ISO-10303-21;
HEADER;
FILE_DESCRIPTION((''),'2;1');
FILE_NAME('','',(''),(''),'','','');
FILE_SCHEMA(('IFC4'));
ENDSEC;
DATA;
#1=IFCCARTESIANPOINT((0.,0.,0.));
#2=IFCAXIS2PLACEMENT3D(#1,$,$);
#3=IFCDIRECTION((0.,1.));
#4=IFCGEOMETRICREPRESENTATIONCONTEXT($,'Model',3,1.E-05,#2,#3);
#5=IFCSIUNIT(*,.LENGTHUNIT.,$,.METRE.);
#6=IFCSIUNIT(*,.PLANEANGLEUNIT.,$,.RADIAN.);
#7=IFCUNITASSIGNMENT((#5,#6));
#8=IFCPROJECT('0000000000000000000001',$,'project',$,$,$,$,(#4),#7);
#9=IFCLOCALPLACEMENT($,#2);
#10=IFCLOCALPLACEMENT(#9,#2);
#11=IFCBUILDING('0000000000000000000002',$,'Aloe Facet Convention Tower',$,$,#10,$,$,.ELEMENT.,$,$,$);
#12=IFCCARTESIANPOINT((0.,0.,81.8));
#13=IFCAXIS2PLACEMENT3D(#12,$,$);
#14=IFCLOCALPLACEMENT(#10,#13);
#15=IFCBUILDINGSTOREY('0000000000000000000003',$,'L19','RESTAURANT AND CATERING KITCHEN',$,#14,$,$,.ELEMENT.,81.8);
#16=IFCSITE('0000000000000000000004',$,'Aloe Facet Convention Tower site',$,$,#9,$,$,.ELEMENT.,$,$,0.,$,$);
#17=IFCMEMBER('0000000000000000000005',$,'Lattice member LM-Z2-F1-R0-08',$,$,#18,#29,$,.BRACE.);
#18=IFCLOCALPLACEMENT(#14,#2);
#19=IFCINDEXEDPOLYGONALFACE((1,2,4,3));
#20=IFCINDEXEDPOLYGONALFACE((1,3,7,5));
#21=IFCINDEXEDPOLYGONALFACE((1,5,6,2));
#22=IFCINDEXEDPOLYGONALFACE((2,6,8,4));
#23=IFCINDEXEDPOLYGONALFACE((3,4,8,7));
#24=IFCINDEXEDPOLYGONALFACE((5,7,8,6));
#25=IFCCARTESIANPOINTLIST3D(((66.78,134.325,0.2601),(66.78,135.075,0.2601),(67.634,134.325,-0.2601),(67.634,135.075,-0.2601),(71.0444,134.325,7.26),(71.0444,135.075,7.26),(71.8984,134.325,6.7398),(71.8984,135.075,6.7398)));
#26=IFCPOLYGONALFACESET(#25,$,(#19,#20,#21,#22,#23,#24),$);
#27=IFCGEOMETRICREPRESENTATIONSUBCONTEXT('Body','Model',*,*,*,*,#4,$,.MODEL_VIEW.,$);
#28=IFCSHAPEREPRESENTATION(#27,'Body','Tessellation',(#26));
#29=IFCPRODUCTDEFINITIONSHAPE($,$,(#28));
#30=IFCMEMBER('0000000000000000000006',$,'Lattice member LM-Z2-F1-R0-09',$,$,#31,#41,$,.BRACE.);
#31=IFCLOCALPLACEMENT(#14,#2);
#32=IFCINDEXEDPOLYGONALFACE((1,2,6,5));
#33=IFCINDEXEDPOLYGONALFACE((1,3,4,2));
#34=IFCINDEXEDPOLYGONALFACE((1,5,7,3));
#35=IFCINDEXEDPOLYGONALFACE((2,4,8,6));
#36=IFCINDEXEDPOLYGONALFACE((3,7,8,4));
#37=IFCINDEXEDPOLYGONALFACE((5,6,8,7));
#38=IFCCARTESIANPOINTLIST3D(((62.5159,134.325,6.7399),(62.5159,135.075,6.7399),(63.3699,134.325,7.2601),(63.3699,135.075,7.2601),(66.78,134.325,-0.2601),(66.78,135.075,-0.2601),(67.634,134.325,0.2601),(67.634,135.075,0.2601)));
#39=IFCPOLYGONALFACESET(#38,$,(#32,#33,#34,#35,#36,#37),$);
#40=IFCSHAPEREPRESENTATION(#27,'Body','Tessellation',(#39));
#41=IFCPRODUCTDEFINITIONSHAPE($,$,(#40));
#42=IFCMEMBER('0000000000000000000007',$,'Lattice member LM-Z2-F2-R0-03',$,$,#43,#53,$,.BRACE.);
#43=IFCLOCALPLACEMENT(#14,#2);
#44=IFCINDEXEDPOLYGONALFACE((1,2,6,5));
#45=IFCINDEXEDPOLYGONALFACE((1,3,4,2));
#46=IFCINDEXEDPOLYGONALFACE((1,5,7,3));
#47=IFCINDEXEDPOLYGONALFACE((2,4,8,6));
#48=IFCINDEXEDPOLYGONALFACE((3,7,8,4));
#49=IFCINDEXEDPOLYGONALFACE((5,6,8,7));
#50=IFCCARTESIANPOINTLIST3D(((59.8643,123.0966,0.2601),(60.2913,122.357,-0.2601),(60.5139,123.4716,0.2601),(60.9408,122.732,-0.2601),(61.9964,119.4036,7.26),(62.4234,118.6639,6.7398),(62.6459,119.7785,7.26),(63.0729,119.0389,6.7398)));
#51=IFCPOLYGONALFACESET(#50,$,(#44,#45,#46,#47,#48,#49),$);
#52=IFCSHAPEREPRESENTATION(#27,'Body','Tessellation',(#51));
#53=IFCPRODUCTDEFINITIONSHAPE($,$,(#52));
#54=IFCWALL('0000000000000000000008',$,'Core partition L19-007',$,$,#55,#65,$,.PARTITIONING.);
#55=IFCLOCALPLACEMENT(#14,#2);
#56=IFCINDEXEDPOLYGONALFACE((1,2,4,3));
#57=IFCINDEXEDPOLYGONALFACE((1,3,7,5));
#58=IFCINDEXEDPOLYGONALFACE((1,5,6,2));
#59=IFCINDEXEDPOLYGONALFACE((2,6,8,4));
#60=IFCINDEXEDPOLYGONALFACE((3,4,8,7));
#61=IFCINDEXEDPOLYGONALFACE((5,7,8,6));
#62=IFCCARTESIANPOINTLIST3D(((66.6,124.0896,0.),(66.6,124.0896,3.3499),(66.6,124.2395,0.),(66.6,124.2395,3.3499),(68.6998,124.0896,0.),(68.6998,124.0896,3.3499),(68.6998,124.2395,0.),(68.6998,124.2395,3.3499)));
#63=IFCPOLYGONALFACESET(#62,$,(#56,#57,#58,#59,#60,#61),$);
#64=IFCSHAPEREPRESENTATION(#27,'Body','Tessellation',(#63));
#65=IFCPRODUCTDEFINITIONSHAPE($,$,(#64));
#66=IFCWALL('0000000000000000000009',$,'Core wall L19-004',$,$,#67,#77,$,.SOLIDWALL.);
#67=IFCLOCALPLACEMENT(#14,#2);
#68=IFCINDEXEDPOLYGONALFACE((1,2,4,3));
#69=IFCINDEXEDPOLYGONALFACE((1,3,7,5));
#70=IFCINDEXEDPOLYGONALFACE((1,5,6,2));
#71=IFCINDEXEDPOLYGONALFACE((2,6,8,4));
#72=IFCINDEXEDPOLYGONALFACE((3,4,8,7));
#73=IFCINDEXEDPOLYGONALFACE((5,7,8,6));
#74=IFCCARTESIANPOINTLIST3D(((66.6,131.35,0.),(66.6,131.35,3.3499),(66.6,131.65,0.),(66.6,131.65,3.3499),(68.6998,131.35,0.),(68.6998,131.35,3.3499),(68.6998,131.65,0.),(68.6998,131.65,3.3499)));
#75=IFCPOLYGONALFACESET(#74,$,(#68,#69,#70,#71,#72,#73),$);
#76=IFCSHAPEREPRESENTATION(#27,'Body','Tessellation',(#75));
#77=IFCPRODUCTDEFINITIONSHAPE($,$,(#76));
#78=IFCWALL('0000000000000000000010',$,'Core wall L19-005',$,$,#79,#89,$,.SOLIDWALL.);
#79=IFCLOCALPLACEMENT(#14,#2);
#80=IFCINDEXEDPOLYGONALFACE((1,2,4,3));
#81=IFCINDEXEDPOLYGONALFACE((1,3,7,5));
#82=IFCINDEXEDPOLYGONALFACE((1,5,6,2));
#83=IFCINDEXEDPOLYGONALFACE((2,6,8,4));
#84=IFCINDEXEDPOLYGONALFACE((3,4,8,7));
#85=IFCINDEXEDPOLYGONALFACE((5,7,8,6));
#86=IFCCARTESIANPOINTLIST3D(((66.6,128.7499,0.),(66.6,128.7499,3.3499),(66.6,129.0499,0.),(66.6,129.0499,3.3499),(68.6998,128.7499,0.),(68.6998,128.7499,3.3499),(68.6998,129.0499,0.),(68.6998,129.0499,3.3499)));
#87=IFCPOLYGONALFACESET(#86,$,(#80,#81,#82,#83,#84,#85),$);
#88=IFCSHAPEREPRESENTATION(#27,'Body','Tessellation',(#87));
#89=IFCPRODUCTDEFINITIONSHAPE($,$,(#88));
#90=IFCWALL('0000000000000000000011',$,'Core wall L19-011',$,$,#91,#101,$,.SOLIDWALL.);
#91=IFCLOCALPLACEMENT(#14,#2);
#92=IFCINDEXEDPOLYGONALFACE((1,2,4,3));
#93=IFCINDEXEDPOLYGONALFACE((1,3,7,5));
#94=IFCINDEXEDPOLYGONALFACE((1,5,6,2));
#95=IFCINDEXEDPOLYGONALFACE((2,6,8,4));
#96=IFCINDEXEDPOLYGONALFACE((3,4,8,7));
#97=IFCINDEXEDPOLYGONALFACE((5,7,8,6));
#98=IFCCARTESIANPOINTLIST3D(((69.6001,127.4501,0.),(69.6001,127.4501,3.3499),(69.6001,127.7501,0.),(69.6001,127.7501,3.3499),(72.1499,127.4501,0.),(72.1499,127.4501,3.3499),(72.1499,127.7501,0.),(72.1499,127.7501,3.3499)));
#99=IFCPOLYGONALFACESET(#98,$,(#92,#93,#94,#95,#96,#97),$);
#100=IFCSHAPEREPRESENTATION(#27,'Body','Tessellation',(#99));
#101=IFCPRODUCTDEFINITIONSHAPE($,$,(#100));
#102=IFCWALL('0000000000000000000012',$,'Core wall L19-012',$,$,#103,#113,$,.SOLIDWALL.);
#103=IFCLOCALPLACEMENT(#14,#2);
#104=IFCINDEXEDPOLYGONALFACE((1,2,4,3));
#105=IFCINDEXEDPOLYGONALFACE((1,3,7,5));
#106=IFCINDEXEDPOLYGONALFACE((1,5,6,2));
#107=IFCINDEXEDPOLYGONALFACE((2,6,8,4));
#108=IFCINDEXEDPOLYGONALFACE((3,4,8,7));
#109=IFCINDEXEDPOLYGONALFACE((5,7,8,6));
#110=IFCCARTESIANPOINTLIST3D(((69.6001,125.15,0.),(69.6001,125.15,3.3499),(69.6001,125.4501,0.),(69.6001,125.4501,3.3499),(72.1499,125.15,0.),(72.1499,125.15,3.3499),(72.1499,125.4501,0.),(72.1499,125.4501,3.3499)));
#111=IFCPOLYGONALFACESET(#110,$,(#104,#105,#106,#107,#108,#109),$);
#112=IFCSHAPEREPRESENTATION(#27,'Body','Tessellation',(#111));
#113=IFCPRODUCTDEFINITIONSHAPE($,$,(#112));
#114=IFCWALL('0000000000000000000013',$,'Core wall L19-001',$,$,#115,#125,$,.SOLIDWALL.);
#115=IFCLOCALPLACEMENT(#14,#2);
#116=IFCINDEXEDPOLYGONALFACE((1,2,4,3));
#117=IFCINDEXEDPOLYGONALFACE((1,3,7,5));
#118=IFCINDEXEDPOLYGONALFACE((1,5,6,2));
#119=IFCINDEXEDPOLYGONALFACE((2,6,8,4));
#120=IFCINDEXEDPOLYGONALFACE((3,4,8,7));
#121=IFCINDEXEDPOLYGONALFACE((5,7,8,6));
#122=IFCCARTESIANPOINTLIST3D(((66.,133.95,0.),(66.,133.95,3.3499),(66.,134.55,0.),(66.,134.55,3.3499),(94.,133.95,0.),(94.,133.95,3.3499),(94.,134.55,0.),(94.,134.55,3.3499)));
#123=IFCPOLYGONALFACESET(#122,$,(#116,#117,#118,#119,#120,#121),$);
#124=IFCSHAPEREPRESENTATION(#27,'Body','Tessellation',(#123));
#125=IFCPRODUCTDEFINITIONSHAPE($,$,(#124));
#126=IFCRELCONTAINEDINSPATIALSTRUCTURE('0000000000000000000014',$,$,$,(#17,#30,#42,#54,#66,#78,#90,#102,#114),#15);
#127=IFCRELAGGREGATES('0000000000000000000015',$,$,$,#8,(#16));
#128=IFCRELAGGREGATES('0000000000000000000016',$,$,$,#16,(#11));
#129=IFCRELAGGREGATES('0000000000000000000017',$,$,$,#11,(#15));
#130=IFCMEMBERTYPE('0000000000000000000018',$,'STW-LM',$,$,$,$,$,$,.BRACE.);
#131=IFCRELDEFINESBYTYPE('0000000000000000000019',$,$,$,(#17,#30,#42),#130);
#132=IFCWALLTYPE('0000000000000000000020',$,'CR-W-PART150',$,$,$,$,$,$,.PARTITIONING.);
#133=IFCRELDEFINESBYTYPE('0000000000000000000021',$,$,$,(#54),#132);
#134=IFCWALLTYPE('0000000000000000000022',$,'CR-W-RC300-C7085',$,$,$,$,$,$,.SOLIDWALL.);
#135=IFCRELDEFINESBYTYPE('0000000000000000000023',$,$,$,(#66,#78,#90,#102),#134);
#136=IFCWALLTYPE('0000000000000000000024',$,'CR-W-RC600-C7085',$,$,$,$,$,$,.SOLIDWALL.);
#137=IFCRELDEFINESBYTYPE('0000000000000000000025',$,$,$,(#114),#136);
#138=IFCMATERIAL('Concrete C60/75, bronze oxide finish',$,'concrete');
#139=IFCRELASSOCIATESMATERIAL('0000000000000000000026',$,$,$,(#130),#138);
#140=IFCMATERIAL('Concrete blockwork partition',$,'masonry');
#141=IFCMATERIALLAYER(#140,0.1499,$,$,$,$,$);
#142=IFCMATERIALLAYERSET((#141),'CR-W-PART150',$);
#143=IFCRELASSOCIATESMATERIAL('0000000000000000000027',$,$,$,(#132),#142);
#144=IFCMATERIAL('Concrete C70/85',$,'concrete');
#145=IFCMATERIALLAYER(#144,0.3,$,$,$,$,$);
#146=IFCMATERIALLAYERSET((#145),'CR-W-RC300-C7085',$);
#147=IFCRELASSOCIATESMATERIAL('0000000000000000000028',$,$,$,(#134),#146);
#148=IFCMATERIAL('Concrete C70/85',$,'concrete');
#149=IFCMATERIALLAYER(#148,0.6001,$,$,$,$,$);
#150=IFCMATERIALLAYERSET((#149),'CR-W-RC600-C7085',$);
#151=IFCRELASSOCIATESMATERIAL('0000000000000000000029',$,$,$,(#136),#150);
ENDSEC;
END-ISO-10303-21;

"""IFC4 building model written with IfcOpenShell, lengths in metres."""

from ifc_helpers import new_model, si_unit, direction, frame, frame_2d, origin, origin_2d, place, context, subcontext, project, spatial, rectangle, extrude, material, layer, layer_set, material_profile, profile_set, type_object, element, save


model = new_model("IFC4")

# Units and contexts
model_context = context("Model", 3, precision=1e-05, world=origin(), true_north=direction((0.0, 1.0)))
body_context = subcontext(model_context, "Body", "Model", "MODEL_VIEW")
ifc_project = project(units=[si_unit("LENGTHUNIT", "METRE"), si_unit("PLANEANGLEUNIT", "RADIAN")], contexts=[model_context])

# Site, building, storey
site_placement = place(None, origin())
site = spatial("IfcSite", under=ifc_project, at=site_placement, Name="Aloe Facet Convention Tower site", CompositionType="ELEMENT", RefElevation=0.0)
building_placement = place(site_placement, origin())
building = spatial("IfcBuilding", under=site, at=building_placement, Name="Aloe Facet Convention Tower", CompositionType="ELEMENT")
storey_placement = place(building_placement, frame((0.0, 0.0, 81.8)))
storey = spatial("IfcBuildingStorey", under=building, at=storey_placement, Name="L19", Description="RESTAURANT AND CATERING KITCHEN", CompositionType="ELEMENT", Elevation=81.8)

# Members
ifc_material_1 = material(Name="Concrete C60/75, bronze oxide finish", Category="concrete")
ifc_material_profile = material_profile(ifc_material_1, rectangle(XDim=0.75, YDim=1.0, at=origin_2d()), Name="STW-LM")
ifc_profile_set = profile_set([ifc_material_profile], Name="Concrete C60/75, bronze oxide finish")
member_type = type_object("IfcMemberType", Name="STW-LM", PredefinedType="BRACE", material=ifc_profile_set)
for number, where, z_axis, x_axis, name in (
    (1, (67.207, 134.7, 0.0), (0.520262, 0.0, 0.854007), (0.0, 1.0, 0.0), "Lattice member LM-Z2-F1-R0-08"),
    (2, (67.207, 134.7, 0.0), (-0.52024, 0.0, 0.85402), (0.0, -1.0, 0.0), "Lattice member LM-Z2-F1-R0-09"),
    (3, (60.4026, 122.9143, 0.0), (0.260116, -0.450565, 0.854009), (0.86604, 0.499975, 0.0), "Lattice member LM-Z2-F2-R0-03"),
):
    element("IfcMember", number, at=place(storey_placement, frame(where, z_axis=z_axis, x_axis=x_axis)), inside=storey, type_object=member_type, Name=name, PredefinedType="BRACE", context=body_context, shape_type="SweptSolid", body=[
        extrude(rectangle(XDim=0.75, YDim=1.0, at=origin_2d()), origin(), (0.0, 0.0, 1.0), 8.1965),
    ])

# Walls
ifc_material_2 = material(Name="Concrete blockwork partition", Category="masonry")
ifc_layer_1 = layer(ifc_material_2, 0.1499)
ifc_layer_set_1 = layer_set([ifc_layer_1], Name="CR-W-PART150")
wall_type_1 = type_object("IfcWallType", Name="CR-W-PART150", PredefinedType="PARTITIONING", material=ifc_layer_set_1)
wall_1_placement = place(storey_placement, frame((66.6001, 124.1646, 0.0), z_axis=(0.0, 0.0, 1.0), x_axis=(1.0, 0.0, 0.0)))
element("IfcWall", 4, at=wall_1_placement, inside=storey, type_object=wall_type_1, Name="Core partition L19-007", PredefinedType="PARTITIONING", context=body_context, shape_type="SweptSolid", body=[
    extrude(rectangle(XDim=2.0999, YDim=0.1499, at=frame_2d((1.0498, 0.0))), origin(), (0.0, 0.0, 1.0), 3.3499),
])
ifc_material_3 = material(Name="Concrete C70/85", Category="concrete")
ifc_layer_2 = layer(ifc_material_3, 0.3)
ifc_layer_set_2 = layer_set([ifc_layer_2], Name="CR-W-RC300-C7085")
wall_type_2 = type_object("IfcWallType", Name="CR-W-RC300-C7085", PredefinedType="SOLIDWALL", material=ifc_layer_set_2)
for number, where, z_axis, x_axis, name in (
    (5, (66.6001, 131.5, 0.0), (0.0, 0.0, 1.0), (1.0, 0.0, 0.0), "Core wall L19-004"),
    (6, (66.6001, 128.8999, 0.0), (0.0, 0.0, 1.0), (1.0, 0.0, 0.0), "Core wall L19-005"),
):
    element("IfcWall", number, at=place(storey_placement, frame(where, z_axis=z_axis, x_axis=x_axis)), inside=storey, type_object=wall_type_2, Name=name, PredefinedType="SOLIDWALL", context=body_context, shape_type="SweptSolid", body=[
        extrude(rectangle(XDim=2.0999, YDim=0.3, at=frame_2d((1.0498, 0.0))), origin(), (0.0, 0.0, 1.0), 3.3499),
    ])
for number, where, z_axis, x_axis, name in (
    (7, (69.6001, 127.6001, 0.0), (0.0, 0.0, 1.0), (1.0, 0.0, 0.0), "Core wall L19-011"),
    (8, (69.6001, 125.3, 0.0), (0.0, 0.0, 1.0), (1.0, 0.0, 0.0), "Core wall L19-012"),
):
    element("IfcWall", number, at=place(storey_placement, frame(where, z_axis=z_axis, x_axis=x_axis)), inside=storey, type_object=wall_type_2, Name=name, PredefinedType="SOLIDWALL", context=body_context, shape_type="SweptSolid", body=[
        extrude(rectangle(XDim=2.5498, YDim=0.3, at=frame_2d((1.2749, 0.0))), origin(), (0.0, 0.0, 1.0), 3.3499),
    ])
ifc_material_4 = material(Name="Concrete C70/85", Category="concrete")
ifc_layer_3 = layer(ifc_material_4, 0.6001)
ifc_layer_set_3 = layer_set([ifc_layer_3], Name="CR-W-RC600-C7085")
wall_type_3 = type_object("IfcWallType", Name="CR-W-RC600-C7085", PredefinedType="SOLIDWALL", material=ifc_layer_set_3)
wall_2_placement = place(storey_placement, frame((66.0, 134.25, 0.0), z_axis=(0.0, 0.0, 1.0), x_axis=(1.0, 0.0, 0.0)))
element("IfcWall", 9, at=wall_2_placement, inside=storey, type_object=wall_type_3, Name="Core wall L19-001", PredefinedType="SOLIDWALL", context=body_context, shape_type="SweptSolid", body=[
    extrude(rectangle(XDim=28.0, YDim=0.6001, at=frame_2d((14.0, 0.0))), origin(), (0.0, 0.0, 1.0), 3.3499),
])

save(model, "model.ifc")
